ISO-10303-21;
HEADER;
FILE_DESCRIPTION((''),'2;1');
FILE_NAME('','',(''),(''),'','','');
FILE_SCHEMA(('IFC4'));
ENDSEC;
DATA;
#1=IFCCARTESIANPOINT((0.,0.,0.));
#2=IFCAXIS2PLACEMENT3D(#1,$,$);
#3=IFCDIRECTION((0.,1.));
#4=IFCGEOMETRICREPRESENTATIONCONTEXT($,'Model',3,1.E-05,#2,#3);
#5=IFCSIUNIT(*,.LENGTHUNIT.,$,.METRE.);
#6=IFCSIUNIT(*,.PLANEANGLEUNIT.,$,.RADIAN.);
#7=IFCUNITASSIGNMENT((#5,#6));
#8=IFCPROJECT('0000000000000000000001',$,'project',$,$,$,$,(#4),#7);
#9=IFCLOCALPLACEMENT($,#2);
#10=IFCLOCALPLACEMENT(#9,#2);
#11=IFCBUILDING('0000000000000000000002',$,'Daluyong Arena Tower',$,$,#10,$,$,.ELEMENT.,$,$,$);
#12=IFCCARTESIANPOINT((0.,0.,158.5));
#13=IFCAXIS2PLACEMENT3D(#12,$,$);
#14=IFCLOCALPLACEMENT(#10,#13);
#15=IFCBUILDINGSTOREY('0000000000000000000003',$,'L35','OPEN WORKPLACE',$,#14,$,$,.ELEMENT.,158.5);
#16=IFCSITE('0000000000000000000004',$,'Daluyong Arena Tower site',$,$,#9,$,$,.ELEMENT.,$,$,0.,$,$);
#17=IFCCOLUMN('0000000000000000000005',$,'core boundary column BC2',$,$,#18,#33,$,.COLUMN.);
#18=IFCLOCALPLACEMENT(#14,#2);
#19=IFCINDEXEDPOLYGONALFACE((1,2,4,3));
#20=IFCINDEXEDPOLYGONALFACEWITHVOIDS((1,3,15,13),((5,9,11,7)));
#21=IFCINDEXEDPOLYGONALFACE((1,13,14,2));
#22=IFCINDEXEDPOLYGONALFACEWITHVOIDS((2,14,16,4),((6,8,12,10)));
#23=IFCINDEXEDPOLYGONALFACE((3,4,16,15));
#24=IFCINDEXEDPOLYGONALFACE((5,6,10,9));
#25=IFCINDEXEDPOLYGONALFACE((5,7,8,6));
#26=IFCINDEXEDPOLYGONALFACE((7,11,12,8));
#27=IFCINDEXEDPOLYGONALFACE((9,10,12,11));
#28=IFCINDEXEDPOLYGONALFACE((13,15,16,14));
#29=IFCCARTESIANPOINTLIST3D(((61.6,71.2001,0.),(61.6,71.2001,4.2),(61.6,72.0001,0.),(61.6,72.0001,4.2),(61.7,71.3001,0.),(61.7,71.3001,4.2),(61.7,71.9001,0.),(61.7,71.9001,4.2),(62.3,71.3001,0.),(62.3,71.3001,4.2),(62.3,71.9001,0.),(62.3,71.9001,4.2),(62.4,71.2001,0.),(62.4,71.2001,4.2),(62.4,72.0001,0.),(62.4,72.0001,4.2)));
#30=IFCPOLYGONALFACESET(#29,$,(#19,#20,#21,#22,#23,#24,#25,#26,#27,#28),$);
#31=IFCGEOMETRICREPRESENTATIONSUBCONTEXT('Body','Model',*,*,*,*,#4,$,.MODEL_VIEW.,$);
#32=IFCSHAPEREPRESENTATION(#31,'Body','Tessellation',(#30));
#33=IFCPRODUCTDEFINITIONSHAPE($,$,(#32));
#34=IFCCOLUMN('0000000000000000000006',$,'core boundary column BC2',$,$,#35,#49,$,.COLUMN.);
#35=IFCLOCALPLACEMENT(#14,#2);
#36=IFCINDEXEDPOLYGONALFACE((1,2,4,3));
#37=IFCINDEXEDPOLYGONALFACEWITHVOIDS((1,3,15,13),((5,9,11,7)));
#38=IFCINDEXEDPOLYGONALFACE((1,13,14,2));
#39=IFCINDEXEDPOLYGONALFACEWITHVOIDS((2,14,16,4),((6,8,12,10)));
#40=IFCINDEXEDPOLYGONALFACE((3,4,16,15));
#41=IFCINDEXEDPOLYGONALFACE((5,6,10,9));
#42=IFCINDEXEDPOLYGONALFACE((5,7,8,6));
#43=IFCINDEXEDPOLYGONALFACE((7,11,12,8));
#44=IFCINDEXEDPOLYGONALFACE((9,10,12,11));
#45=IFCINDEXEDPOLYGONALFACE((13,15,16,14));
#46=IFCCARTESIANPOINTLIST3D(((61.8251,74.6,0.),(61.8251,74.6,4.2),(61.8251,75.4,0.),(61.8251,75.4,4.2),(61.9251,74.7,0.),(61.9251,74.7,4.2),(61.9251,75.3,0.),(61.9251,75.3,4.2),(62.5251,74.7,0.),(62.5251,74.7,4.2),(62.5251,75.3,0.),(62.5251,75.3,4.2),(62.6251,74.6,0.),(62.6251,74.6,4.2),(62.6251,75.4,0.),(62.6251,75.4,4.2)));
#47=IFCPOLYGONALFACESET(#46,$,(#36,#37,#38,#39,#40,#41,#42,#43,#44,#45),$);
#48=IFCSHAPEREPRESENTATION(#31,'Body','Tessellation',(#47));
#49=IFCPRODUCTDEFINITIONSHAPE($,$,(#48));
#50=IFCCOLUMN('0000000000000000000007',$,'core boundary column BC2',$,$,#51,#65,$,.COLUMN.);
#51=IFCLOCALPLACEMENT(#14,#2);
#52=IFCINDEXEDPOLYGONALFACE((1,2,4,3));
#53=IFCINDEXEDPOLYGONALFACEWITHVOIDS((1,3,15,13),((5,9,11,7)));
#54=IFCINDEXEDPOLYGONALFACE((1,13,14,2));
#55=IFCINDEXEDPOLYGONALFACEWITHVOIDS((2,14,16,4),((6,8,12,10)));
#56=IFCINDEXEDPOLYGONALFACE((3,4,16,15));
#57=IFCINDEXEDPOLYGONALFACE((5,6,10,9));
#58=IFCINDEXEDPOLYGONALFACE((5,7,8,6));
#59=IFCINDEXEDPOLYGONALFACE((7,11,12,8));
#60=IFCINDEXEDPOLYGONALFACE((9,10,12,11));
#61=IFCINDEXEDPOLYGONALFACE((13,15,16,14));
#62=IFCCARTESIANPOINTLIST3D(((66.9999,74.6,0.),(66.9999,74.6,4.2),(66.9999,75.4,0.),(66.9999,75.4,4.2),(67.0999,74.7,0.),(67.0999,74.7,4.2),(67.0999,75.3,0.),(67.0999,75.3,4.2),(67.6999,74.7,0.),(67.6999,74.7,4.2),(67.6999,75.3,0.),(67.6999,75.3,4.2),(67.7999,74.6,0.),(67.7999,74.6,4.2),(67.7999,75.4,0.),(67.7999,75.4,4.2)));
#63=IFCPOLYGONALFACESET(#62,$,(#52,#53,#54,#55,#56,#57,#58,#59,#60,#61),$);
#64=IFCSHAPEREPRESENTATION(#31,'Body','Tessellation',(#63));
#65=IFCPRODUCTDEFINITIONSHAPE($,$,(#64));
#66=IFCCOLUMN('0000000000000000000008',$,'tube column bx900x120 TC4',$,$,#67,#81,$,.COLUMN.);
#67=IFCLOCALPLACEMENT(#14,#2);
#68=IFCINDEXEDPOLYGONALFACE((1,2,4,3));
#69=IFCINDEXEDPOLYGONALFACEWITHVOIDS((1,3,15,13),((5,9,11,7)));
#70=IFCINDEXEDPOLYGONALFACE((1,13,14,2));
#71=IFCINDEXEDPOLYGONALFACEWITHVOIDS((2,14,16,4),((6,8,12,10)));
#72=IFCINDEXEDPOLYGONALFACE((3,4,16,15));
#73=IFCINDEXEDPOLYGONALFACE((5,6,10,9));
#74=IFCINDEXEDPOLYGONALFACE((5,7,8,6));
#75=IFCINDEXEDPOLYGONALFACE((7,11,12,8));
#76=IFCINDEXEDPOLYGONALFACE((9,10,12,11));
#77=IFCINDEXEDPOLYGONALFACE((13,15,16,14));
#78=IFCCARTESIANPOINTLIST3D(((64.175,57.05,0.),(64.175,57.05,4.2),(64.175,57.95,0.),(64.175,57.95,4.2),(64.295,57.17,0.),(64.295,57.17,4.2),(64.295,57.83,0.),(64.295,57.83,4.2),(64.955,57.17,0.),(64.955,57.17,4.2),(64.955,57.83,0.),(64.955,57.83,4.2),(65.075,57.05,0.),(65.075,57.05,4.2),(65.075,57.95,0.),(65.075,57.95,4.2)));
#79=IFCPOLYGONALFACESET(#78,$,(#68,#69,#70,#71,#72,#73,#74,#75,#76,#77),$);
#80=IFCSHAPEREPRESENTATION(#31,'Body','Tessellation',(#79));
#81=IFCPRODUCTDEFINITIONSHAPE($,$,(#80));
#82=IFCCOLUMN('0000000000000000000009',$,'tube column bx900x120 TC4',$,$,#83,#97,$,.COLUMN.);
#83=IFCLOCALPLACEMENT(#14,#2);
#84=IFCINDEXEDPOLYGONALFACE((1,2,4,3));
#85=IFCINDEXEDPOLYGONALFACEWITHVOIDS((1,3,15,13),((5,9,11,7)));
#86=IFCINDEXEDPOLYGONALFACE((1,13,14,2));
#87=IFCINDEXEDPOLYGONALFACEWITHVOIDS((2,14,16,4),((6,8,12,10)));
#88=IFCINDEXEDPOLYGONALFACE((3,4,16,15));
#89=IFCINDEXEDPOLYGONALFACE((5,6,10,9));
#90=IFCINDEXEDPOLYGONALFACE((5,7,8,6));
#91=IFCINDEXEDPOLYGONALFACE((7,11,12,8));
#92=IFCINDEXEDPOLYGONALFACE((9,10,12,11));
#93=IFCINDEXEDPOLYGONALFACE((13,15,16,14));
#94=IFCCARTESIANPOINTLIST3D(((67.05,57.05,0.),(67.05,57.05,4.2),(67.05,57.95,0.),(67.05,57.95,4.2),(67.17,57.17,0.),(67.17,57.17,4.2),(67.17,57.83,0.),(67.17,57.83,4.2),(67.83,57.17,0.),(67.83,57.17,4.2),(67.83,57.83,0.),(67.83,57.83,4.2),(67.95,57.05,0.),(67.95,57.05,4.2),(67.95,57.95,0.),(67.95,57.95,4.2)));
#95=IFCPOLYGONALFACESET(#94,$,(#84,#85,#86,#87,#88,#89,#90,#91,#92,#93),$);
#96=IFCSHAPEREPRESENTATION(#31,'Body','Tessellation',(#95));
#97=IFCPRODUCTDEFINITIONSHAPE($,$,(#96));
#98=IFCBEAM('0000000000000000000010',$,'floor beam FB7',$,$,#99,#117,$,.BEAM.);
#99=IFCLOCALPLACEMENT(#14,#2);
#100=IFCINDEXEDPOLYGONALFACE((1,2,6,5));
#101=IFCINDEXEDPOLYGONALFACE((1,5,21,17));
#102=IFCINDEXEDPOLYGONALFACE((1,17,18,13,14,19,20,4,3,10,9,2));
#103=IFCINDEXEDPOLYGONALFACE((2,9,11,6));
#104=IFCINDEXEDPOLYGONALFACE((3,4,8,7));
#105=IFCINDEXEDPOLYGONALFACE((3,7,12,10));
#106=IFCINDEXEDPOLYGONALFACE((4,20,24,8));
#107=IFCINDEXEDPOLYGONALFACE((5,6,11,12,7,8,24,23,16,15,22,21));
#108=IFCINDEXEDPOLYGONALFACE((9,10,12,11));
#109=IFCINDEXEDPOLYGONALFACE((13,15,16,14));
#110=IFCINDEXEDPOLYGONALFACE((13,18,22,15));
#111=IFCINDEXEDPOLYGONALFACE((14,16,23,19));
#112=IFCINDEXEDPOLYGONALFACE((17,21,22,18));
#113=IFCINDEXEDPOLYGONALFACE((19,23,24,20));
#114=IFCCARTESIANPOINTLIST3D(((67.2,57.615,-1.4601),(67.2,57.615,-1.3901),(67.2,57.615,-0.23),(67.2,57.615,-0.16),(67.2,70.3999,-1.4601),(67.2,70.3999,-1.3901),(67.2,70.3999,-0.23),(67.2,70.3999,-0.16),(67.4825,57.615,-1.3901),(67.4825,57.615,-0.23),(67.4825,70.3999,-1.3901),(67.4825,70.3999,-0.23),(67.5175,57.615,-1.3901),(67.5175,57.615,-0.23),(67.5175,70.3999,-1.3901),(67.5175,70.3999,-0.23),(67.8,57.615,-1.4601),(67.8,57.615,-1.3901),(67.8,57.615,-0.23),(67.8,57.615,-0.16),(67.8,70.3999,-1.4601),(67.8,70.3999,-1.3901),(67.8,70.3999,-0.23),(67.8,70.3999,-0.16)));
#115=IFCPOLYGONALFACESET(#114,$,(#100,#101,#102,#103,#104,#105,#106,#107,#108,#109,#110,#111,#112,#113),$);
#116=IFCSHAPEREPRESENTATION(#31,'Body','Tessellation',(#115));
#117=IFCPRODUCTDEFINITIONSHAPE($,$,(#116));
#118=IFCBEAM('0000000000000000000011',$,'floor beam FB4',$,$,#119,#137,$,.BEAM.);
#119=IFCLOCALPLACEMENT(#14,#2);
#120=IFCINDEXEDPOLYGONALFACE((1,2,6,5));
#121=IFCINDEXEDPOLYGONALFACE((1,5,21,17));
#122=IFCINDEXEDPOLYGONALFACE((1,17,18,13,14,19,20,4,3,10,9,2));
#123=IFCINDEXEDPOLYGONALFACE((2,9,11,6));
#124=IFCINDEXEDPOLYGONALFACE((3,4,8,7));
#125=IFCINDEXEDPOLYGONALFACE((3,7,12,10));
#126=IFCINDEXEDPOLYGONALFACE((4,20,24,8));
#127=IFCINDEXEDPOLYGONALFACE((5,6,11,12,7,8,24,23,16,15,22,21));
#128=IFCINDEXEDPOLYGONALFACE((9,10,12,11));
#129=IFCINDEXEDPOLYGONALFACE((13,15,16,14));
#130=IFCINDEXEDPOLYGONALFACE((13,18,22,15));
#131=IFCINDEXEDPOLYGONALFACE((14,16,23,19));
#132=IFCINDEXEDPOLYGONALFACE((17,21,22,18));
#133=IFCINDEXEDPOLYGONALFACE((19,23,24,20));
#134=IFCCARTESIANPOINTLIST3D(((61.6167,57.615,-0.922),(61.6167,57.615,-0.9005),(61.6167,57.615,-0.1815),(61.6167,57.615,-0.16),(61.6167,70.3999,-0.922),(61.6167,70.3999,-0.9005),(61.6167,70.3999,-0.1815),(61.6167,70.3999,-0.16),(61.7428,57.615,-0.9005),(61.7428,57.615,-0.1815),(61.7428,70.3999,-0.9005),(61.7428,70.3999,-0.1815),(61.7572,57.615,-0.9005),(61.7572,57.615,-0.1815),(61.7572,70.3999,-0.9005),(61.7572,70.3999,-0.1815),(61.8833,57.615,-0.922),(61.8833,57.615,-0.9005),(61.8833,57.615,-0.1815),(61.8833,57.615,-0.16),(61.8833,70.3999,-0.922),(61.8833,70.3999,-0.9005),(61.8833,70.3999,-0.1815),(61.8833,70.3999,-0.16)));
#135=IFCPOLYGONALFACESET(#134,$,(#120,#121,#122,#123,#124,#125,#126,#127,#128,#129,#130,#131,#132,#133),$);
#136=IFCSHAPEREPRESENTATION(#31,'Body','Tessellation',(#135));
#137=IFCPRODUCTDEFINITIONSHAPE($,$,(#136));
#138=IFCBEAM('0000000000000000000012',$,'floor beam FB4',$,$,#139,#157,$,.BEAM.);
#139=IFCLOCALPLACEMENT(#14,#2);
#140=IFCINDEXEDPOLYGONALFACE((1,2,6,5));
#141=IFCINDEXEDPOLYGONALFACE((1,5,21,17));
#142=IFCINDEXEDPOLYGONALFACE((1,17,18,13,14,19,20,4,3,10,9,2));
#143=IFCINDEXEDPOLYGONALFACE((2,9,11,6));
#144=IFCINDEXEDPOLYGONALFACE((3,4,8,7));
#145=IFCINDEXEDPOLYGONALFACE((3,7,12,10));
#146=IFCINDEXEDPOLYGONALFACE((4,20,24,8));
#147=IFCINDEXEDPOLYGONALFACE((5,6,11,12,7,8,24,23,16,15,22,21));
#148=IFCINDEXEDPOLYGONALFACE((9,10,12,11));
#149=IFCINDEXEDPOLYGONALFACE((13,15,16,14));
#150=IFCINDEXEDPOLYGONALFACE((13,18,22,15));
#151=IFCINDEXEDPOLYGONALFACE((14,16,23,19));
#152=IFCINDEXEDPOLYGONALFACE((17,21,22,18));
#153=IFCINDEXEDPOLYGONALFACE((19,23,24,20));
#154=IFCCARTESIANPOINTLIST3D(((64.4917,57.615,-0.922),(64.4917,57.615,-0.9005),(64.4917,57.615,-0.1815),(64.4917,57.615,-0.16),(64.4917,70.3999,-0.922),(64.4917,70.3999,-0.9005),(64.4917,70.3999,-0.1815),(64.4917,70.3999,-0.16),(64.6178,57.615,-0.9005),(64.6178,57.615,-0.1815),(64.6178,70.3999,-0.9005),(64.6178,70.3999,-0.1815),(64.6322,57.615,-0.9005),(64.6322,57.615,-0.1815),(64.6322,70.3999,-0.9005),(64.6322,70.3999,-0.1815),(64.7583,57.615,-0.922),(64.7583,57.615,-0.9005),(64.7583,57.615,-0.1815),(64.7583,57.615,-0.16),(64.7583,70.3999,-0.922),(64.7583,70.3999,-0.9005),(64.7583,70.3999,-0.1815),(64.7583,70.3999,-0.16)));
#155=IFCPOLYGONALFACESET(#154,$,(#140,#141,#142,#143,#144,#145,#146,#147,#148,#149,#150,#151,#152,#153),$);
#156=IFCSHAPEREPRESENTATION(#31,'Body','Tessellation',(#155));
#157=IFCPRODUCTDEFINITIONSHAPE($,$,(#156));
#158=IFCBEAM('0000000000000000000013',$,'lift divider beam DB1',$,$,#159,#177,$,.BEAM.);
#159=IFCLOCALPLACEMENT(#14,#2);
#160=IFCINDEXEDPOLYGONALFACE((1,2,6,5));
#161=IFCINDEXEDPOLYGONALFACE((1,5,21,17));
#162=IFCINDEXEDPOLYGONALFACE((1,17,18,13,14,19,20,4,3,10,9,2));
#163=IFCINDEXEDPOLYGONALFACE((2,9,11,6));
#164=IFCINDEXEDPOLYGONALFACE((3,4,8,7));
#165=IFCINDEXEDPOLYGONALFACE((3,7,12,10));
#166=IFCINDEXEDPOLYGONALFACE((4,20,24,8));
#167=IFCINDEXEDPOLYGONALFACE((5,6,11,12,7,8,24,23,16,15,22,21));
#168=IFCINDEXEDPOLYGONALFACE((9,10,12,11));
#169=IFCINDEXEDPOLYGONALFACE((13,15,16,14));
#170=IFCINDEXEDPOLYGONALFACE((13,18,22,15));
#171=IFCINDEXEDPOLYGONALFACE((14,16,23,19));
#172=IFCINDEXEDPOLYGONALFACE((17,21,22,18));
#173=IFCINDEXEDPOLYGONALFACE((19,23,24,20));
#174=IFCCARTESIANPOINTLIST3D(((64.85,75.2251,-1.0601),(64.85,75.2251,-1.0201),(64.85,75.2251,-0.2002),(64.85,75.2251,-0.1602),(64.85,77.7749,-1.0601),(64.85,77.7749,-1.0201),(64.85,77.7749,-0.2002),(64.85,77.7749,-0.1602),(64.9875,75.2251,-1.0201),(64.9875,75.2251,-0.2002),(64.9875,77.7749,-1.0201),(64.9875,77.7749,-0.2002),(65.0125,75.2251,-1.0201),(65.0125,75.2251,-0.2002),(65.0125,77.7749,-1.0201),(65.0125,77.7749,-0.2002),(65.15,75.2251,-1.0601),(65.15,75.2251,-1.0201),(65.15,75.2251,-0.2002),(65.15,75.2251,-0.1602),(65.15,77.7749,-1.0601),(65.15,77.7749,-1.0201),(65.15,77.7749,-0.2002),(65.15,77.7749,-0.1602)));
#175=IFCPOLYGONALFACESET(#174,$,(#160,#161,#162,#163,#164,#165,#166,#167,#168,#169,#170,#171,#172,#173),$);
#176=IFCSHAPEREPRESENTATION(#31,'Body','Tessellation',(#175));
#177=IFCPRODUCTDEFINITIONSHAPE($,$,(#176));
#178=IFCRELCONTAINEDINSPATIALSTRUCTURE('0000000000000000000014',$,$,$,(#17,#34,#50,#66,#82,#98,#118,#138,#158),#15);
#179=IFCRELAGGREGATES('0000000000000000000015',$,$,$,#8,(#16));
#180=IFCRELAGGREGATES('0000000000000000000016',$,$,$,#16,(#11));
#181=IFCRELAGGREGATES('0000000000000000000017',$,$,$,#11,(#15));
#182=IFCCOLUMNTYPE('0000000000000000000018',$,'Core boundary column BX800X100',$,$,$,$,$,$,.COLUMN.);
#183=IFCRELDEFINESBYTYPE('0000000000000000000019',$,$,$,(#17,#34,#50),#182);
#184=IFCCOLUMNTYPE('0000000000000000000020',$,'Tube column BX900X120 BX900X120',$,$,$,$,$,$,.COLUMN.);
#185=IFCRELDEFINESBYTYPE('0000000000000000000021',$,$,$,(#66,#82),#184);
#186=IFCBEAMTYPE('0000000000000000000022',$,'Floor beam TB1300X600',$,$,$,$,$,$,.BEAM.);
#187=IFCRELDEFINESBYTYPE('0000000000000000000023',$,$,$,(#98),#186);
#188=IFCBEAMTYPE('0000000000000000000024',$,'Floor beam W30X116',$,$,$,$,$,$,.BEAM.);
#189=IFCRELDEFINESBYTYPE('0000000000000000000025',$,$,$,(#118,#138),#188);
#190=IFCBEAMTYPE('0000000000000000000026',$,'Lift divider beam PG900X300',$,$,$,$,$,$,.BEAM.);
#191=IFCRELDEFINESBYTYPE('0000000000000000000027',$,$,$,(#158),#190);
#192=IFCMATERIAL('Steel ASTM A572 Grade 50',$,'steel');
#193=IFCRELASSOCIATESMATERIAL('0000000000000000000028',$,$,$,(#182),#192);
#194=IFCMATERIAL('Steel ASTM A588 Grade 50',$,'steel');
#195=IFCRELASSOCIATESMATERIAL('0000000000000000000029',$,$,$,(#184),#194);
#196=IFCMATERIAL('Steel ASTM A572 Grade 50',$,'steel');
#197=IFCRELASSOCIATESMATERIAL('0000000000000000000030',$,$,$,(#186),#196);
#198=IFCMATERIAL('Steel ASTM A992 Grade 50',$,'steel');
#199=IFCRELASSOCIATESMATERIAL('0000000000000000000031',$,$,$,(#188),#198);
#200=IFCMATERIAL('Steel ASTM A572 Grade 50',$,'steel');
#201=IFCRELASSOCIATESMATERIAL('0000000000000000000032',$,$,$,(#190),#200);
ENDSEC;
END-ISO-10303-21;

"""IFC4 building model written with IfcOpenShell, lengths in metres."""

from ifc_helpers import new_model, si_unit, direction, frame, origin, origin_2d, place, context, subcontext, project, spatial, hollow_rectangle, i_section, extrude, material, material_profile, profile_set, type_object, element, save


model = new_model("IFC4")

# Units and contexts
model_context = context("Model", 3, precision=1e-05, world=origin(), true_north=direction((0.0, 1.0)))
body_context = subcontext(model_context, "Body", "Model", "MODEL_VIEW")
ifc_project = project(units=[si_unit("LENGTHUNIT", "METRE"), si_unit("PLANEANGLEUNIT", "RADIAN")], contexts=[model_context])

# Site, building, storey
site_placement = place(None, origin())
site = spatial("IfcSite", under=ifc_project, at=site_placement, Name="Daluyong Arena Tower site", CompositionType="ELEMENT", RefElevation=0.0)
building_placement = place(site_placement, origin())
building = spatial("IfcBuilding", under=site, at=building_placement, Name="Daluyong Arena Tower", CompositionType="ELEMENT")
storey_placement = place(building_placement, frame((0.0, 0.0, 158.5)))
storey = spatial("IfcBuildingStorey", under=building, at=storey_placement, Name="L35", Description="OPEN WORKPLACE", CompositionType="ELEMENT", Elevation=158.5)

# Columns
ifc_material_1 = material(Name="Steel ASTM A572 Grade 50", Category="steel")
ifc_material_profile_1 = material_profile(ifc_material_1, hollow_rectangle(XDim=0.8, YDim=0.8, WallThickness=0.1, at=origin_2d()))
ifc_profile_set_1 = profile_set([ifc_material_profile_1], Name="Steel ASTM A572 Grade 50")
column_type_1 = type_object("IfcColumnType", Name="Core boundary column BX800X100", PredefinedType="COLUMN", material=ifc_profile_set_1)
for number, where, z_axis, x_axis, name in (
    (1, (62.0, 71.6001, 0.0), (0.0, 0.0, 1.0), (1.0, 0.0, 0.0), "core boundary column BC2"),
    (2, (62.2251, 75.0, 0.0), (0.0, 0.0, 1.0), (1.0, 0.0, 0.0), "core boundary column BC2"),
    (3, (67.3999, 75.0, 0.0), (0.0, 0.0, 1.0), (1.0, 0.0, 0.0), "core boundary column BC2"),
):
    element("IfcColumn", number, at=place(storey_placement, frame(where, z_axis=z_axis, x_axis=x_axis)), inside=storey, type_object=column_type_1, Name=name, PredefinedType="COLUMN", context=body_context, shape_type="SweptSolid", body=[
        extrude(hollow_rectangle(XDim=0.8, YDim=0.8, WallThickness=0.1, at=origin_2d()), origin(), (0.0, 0.0, 1.0), 4.2),
    ])
ifc_material_2 = material(Name="Steel ASTM A588 Grade 50", Category="steel")
ifc_material_profile_2 = material_profile(ifc_material_2, hollow_rectangle(XDim=0.8999, YDim=0.8999, WallThickness=0.12, at=origin_2d()))
ifc_profile_set_2 = profile_set([ifc_material_profile_2], Name="Steel ASTM A588 Grade 50")
column_type_2 = type_object("IfcColumnType", Name="Tube column BX900X120 BX900X120", PredefinedType="COLUMN", material=ifc_profile_set_2)
for number, where, z_axis, x_axis, name in (
    (4, (64.625, 57.5, 0.0), (0.0, 0.0, 1.0), (1.0, 0.0, 0.0), "tube column bx900x120 TC4"),
    (5, (67.5, 57.5, 0.0), (0.0, 0.0, 1.0), (1.0, 0.0, 0.0), "tube column bx900x120 TC4"),
):
    element("IfcColumn", number, at=place(storey_placement, frame(where, z_axis=z_axis, x_axis=x_axis)), inside=storey, type_object=column_type_2, Name=name, PredefinedType="COLUMN", context=body_context, shape_type="SweptSolid", body=[
        extrude(hollow_rectangle(XDim=0.8999, YDim=0.8999, WallThickness=0.12, at=origin_2d()), origin(), (0.0, 0.0, 1.0), 4.2),
    ])

# Beams
ifc_material_3 = material(Name="Steel ASTM A572 Grade 50", Category="steel")
ifc_material_profile_3 = material_profile(ifc_material_3, i_section(OverallWidth=0.6001, OverallDepth=1.3, WebThickness=0.035, FlangeThickness=0.07, at=origin_2d()))
ifc_profile_set_3 = profile_set([ifc_material_profile_3], Name="Steel ASTM A572 Grade 50")
beam_type_1 = type_object("IfcBeamType", Name="Floor beam TB1300X600", PredefinedType="BEAM", material=ifc_profile_set_3)
beam_1_placement = place(storey_placement, frame((67.5, 57.615, -0.8101), z_axis=(0.0, 1.0, 0.0), x_axis=(-1.0, 0.0, 0.0)))
element("IfcBeam", 6, at=beam_1_placement, inside=storey, type_object=beam_type_1, Name="floor beam FB7", PredefinedType="BEAM", context=body_context, shape_type="SweptSolid", body=[
    extrude(i_section(OverallWidth=0.6001, OverallDepth=1.3, WebThickness=0.035, FlangeThickness=0.07, at=origin_2d()), origin(), (0.0, 0.0, 1.0), 12.7849),
])
ifc_material_4 = material(Name="Steel ASTM A992 Grade 50", Category="steel")
ifc_material_profile_4 = material_profile(ifc_material_4, i_section(OverallWidth=0.2666, OverallDepth=0.762, WebThickness=0.0144, FlangeThickness=0.0215, at=origin_2d()))
ifc_profile_set_4 = profile_set([ifc_material_profile_4], Name="Steel ASTM A992 Grade 50")
beam_type_2 = type_object("IfcBeamType", Name="Floor beam W30X116", PredefinedType="BEAM", material=ifc_profile_set_4)
for number, where, z_axis, x_axis, name in (
    (7, (61.75, 57.615, -0.541), (0.0, 1.0, 0.0), (-1.0, 0.0, 0.0), "floor beam FB4"),
    (8, (64.625, 57.615, -0.541), (0.0, 1.0, 0.0), (-1.0, 0.0, 0.0), "floor beam FB4"),
):
    element("IfcBeam", number, at=place(storey_placement, frame(where, z_axis=z_axis, x_axis=x_axis)), inside=storey, type_object=beam_type_2, Name=name, PredefinedType="BEAM", context=body_context, shape_type="SweptSolid", body=[
        extrude(i_section(OverallWidth=0.2666, OverallDepth=0.762, WebThickness=0.0144, FlangeThickness=0.0215, at=origin_2d()), origin(), (0.0, 0.0, 1.0), 12.7849),
    ])
ifc_material_5 = material(Name="Steel ASTM A572 Grade 50", Category="steel")
ifc_material_profile_5 = material_profile(ifc_material_5, i_section(OverallWidth=0.3, OverallDepth=0.8999, WebThickness=0.025, FlangeThickness=0.04, at=origin_2d()))
ifc_profile_set_5 = profile_set([ifc_material_profile_5], Name="Steel ASTM A572 Grade 50")
beam_type_3 = type_object("IfcBeamType", Name="Lift divider beam PG900X300", PredefinedType="BEAM", material=ifc_profile_set_5)
beam_2_placement = place(storey_placement, frame((65.0, 75.2251, -0.6101), z_axis=(0.0, 1.0, 0.0), x_axis=(-1.0, 0.0, 0.0)))
element("IfcBeam", 9, at=beam_2_placement, inside=storey, type_object=beam_type_3, Name="lift divider beam DB1", PredefinedType="BEAM", context=body_context, shape_type="SweptSolid", body=[
    extrude(i_section(OverallWidth=0.3, OverallDepth=0.8999, WebThickness=0.025, FlangeThickness=0.04, at=origin_2d()), origin(), (0.0, 0.0, 1.0), 2.5498),
])

save(model, "model.ifc")
